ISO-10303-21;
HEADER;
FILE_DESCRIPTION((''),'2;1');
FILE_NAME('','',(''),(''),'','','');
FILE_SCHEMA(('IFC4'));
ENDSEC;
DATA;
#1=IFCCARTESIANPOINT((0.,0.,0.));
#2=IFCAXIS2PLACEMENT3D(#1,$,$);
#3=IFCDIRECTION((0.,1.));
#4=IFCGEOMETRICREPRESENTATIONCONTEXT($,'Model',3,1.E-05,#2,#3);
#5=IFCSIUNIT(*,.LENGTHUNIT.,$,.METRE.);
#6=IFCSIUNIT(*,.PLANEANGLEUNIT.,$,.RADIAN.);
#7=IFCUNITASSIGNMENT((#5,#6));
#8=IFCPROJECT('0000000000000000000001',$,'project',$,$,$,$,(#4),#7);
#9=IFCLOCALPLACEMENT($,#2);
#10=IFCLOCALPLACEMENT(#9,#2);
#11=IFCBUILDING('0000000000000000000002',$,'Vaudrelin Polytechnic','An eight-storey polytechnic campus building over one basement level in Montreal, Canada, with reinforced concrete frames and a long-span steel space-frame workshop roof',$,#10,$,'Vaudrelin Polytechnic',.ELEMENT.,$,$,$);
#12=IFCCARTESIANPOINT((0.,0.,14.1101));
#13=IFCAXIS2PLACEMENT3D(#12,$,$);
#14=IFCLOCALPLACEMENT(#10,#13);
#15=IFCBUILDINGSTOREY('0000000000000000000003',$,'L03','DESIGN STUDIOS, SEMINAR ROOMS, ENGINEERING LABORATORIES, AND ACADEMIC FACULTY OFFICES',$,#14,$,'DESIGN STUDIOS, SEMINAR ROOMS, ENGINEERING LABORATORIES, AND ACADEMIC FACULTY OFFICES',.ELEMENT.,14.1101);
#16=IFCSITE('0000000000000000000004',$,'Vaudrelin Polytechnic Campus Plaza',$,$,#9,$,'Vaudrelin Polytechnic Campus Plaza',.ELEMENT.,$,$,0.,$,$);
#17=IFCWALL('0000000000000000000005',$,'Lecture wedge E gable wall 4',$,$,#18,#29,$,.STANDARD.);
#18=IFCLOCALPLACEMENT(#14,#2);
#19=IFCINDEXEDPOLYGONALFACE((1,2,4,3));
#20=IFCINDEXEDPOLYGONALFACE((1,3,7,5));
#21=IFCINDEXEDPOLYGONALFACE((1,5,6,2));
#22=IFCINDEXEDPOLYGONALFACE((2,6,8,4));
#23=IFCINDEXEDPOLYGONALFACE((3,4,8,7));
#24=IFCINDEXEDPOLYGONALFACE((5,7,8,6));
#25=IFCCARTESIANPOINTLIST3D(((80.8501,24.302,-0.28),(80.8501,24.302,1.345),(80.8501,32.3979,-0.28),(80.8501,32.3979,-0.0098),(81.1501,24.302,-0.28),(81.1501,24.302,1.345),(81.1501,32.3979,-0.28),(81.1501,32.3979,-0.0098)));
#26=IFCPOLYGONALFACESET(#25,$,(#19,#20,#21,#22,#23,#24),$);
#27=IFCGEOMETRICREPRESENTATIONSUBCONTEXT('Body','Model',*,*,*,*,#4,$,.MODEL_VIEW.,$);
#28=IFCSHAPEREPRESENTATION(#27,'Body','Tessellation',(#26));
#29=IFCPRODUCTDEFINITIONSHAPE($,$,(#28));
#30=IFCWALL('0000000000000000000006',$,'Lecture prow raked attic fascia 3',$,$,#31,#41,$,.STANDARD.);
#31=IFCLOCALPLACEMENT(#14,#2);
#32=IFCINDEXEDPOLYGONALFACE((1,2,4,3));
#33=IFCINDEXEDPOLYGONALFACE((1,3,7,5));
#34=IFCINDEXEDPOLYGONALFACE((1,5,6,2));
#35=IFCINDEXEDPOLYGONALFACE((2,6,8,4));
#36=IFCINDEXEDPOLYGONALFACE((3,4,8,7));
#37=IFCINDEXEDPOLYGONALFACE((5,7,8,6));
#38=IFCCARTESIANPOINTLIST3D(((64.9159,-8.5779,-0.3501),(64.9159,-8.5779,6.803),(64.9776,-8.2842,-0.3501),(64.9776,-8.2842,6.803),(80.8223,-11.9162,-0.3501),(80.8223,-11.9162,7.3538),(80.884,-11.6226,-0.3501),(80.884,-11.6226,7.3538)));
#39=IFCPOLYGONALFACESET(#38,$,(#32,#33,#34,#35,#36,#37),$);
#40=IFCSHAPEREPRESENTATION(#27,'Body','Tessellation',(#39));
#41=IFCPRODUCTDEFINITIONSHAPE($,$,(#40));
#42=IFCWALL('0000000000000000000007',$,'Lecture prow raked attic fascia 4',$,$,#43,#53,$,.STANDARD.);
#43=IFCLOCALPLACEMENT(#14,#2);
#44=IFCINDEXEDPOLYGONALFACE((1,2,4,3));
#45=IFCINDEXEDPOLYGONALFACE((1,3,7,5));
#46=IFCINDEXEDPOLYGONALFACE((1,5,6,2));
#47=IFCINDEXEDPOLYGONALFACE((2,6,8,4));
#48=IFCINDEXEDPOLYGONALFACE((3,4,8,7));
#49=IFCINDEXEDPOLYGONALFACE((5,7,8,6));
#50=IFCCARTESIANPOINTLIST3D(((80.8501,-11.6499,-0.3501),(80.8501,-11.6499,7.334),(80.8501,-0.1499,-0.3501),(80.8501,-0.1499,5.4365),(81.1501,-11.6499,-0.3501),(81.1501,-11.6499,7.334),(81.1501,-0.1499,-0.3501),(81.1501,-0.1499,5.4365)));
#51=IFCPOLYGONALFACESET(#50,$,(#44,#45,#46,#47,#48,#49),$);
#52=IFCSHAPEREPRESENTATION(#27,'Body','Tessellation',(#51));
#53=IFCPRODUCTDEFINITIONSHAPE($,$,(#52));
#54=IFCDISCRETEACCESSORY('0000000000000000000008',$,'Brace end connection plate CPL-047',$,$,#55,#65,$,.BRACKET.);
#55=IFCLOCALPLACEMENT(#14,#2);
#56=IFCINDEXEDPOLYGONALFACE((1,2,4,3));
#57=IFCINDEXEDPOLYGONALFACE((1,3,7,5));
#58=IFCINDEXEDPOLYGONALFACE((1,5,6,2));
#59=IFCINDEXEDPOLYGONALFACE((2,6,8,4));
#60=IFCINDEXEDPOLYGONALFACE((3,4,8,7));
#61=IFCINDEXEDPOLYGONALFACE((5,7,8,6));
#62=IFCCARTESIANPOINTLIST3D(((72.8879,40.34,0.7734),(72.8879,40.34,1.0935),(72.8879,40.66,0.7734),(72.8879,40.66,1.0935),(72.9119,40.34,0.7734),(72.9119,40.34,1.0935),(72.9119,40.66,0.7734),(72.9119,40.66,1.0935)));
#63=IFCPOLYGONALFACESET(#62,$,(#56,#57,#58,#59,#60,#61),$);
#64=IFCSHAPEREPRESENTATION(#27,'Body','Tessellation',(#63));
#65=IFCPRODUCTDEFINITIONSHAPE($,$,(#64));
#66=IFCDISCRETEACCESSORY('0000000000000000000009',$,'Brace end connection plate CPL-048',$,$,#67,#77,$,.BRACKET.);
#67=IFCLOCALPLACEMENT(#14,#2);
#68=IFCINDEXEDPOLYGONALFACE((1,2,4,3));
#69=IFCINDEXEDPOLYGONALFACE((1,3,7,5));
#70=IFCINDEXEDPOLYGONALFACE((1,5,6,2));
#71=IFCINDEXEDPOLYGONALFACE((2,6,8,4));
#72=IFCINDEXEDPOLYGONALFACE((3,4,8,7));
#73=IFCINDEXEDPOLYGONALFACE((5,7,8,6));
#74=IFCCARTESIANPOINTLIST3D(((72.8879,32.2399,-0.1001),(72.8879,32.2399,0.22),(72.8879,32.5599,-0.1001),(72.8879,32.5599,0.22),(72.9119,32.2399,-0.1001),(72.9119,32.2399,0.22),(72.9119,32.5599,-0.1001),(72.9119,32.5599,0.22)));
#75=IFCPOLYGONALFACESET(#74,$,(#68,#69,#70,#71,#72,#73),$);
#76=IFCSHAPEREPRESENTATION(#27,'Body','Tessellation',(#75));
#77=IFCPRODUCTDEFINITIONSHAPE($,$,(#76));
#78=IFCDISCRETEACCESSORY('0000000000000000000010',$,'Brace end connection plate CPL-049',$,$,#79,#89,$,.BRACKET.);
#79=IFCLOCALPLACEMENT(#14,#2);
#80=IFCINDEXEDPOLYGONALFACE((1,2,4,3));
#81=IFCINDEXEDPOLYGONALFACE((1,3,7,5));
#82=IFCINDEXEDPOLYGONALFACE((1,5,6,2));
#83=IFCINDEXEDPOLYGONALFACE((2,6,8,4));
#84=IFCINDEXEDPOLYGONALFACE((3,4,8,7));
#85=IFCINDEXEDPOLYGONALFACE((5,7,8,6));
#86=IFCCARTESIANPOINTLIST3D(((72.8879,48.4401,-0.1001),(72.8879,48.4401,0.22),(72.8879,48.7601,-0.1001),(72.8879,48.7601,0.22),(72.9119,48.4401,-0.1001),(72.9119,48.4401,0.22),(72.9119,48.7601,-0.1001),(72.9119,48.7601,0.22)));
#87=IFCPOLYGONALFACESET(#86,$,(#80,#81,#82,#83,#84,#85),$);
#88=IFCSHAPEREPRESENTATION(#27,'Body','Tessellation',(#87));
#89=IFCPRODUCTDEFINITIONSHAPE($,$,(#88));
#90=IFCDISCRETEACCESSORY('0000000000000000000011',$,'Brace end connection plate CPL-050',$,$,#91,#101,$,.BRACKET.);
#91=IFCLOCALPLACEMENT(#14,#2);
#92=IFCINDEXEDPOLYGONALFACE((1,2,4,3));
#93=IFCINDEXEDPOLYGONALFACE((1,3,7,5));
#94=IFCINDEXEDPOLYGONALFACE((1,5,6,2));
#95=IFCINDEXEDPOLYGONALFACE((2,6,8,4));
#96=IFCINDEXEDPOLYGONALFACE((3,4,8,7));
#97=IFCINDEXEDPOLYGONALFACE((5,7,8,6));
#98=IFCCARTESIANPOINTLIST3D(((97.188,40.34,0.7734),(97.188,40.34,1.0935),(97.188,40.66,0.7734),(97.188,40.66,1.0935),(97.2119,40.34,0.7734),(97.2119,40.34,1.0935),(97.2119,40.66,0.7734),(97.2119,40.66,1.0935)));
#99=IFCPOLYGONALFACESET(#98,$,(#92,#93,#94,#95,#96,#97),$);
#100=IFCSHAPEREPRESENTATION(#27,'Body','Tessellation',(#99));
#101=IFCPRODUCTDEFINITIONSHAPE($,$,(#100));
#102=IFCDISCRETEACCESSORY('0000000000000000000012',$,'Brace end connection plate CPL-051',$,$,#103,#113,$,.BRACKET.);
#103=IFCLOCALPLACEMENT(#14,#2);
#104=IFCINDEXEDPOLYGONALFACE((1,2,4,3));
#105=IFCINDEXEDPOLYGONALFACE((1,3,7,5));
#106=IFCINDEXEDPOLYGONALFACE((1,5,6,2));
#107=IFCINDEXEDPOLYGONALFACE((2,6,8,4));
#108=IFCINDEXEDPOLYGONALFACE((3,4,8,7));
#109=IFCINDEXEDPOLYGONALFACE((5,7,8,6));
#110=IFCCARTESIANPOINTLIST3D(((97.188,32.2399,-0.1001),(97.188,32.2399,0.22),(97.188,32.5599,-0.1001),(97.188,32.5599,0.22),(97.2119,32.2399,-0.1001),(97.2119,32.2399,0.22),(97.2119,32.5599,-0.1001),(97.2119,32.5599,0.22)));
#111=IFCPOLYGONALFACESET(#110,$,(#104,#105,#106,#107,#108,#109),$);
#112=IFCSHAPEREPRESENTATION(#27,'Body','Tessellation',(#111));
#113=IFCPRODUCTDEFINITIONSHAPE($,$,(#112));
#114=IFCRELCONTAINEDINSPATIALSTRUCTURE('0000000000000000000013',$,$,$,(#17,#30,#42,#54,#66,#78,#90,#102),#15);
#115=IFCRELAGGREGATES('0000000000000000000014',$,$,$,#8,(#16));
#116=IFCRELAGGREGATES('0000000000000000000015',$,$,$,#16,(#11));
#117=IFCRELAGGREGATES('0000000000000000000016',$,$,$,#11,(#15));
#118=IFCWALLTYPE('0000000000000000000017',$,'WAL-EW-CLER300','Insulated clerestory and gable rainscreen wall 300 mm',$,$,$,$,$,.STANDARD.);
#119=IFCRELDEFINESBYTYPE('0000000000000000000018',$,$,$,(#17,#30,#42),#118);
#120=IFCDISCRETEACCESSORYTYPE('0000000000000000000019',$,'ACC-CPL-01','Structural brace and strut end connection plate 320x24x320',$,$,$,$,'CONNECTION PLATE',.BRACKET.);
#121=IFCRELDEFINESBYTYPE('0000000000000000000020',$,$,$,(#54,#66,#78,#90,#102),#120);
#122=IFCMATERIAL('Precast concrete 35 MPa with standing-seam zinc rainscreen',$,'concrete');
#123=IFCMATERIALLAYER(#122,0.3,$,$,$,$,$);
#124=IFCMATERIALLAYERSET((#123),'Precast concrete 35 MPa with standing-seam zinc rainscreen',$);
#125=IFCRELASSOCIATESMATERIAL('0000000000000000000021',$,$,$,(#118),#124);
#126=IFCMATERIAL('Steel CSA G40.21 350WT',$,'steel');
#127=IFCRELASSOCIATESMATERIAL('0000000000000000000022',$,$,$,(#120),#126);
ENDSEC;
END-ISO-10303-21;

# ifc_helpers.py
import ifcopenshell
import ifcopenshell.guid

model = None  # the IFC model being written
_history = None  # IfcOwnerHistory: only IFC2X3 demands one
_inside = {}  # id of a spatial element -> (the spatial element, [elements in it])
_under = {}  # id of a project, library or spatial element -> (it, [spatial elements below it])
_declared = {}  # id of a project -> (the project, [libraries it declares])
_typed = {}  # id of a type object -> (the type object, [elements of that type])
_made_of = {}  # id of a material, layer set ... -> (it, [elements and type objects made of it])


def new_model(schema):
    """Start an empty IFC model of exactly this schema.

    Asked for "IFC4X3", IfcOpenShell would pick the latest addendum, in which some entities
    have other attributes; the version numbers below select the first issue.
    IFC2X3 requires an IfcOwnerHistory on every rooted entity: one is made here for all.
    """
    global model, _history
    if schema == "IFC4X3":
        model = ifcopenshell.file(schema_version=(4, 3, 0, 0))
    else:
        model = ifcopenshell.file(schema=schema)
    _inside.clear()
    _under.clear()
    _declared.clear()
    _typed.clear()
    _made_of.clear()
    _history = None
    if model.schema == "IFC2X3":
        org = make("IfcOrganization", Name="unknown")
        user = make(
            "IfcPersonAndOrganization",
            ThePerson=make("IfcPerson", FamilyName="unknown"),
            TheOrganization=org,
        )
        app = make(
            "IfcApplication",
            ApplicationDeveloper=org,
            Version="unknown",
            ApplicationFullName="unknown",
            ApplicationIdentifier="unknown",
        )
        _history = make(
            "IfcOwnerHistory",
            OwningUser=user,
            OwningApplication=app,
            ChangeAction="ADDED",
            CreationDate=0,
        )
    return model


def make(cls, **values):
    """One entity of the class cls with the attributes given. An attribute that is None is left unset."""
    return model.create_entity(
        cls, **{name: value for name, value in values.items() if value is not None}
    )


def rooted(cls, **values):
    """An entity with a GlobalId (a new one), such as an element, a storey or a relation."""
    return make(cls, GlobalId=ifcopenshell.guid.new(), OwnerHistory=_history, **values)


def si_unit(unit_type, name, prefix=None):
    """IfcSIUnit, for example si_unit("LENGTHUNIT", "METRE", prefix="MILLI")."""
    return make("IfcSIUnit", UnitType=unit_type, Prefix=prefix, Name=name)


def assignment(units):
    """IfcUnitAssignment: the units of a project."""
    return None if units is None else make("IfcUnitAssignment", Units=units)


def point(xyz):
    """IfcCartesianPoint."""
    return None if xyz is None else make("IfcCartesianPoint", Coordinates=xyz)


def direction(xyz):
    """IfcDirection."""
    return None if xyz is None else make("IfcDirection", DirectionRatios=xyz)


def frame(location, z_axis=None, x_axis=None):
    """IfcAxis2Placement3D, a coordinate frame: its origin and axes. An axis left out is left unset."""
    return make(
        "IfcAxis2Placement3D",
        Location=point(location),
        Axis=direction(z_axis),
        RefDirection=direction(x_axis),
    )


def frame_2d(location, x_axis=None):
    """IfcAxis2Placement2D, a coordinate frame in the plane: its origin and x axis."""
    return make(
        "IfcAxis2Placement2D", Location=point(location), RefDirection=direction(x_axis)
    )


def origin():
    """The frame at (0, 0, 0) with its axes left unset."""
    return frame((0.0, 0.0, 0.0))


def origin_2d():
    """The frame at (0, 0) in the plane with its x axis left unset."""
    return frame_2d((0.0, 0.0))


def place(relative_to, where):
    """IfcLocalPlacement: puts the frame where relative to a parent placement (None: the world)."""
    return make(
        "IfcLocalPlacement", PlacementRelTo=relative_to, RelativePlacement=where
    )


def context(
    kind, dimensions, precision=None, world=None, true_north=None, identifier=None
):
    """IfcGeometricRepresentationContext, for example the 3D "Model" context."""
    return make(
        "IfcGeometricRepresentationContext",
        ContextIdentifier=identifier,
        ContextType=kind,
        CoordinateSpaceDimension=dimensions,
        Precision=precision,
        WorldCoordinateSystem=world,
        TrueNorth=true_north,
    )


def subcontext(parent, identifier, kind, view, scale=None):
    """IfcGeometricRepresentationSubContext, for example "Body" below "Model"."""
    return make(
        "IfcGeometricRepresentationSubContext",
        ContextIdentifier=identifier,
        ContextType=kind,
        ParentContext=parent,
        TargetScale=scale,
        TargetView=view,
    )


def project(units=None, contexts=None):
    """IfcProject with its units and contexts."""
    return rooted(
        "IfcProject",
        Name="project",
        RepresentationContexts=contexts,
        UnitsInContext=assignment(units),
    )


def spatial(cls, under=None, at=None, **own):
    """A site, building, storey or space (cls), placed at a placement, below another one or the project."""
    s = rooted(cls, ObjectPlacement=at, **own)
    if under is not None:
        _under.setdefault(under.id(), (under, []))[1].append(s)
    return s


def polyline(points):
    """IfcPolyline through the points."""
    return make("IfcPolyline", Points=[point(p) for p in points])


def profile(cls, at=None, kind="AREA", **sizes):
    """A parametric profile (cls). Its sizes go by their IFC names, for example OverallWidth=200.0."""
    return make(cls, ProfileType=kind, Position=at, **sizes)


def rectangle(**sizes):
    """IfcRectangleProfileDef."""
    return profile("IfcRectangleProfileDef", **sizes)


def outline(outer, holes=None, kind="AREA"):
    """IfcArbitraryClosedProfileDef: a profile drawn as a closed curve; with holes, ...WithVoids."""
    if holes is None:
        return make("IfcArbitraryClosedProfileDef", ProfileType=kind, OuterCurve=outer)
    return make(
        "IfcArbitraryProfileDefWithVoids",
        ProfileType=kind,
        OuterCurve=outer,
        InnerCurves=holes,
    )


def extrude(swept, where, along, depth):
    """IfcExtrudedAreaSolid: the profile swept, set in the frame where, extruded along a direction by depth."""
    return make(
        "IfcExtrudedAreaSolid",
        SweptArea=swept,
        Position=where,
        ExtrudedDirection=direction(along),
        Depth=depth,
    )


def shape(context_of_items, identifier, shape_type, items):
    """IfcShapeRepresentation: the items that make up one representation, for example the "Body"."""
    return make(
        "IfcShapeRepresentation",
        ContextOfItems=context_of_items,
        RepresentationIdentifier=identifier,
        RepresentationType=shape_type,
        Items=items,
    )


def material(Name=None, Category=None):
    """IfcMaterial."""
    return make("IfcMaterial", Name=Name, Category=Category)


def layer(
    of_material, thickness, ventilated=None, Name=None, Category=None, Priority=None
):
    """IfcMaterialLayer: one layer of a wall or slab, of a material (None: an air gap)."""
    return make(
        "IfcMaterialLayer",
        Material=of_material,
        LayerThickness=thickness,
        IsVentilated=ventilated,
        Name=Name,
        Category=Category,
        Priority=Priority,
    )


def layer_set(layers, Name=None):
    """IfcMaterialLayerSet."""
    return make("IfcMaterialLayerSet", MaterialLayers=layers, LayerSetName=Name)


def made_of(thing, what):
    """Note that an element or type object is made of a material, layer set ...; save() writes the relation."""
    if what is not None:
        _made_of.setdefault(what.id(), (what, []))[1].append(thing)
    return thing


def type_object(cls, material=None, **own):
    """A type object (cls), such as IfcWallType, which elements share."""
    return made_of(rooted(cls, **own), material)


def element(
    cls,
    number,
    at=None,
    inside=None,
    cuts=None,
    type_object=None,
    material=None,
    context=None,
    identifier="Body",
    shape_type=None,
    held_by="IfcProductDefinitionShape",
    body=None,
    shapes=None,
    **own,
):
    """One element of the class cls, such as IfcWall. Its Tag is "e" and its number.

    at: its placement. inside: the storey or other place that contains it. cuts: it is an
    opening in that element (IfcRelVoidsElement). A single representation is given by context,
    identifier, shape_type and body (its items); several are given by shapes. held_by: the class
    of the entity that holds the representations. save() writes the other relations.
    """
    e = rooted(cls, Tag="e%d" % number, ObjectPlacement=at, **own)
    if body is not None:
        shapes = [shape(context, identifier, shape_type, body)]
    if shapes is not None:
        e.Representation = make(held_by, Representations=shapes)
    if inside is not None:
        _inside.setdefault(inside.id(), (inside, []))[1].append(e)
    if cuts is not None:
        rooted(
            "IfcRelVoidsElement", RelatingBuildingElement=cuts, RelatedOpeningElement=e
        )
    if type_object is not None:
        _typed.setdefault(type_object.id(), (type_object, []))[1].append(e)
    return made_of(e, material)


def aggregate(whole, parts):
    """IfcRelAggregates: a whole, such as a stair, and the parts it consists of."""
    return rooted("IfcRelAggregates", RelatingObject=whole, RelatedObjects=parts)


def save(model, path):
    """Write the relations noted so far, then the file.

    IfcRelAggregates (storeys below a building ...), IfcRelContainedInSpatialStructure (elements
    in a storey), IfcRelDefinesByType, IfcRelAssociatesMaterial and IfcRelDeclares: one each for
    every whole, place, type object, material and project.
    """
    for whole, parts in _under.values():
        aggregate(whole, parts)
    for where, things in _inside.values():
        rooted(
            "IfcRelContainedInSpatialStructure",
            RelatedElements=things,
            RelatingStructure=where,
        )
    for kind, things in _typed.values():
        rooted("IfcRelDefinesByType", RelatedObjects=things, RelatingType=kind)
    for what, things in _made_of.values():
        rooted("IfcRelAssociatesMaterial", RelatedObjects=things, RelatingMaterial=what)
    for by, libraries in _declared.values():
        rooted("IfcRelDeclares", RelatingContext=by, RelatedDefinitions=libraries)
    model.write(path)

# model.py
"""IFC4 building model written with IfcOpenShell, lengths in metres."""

from ifc_helpers import new_model, si_unit, direction, frame, origin, origin_2d, place, context, subcontext, project, spatial, polyline, rectangle, outline, extrude, material, layer, layer_set, type_object, element, save


model = new_model("IFC4")

# Units and contexts
model_context = context("Model", 3, precision=1e-05, world=origin(), true_north=direction((0.0, 1.0)))
body_context = subcontext(model_context, "Body", "Model", "MODEL_VIEW")
ifc_project = project(units=[si_unit("LENGTHUNIT", "METRE"), si_unit("PLANEANGLEUNIT", "RADIAN")], contexts=[model_context])

# Site, building, storey
site_placement = place(None, origin())
site = spatial("IfcSite", under=ifc_project, at=site_placement, Name="Vaudrelin Polytechnic Campus Plaza", LongName="Vaudrelin Polytechnic Campus Plaza", CompositionType="ELEMENT", RefElevation=0.0)
building_placement = place(site_placement, origin())
building = spatial("IfcBuilding", under=site, at=building_placement, Name="Vaudrelin Polytechnic", Description="An eight-storey polytechnic campus building over one basement level in Montreal, Canada, with reinforced concrete frames and a long-span steel space-frame workshop roof", LongName="Vaudrelin Polytechnic", CompositionType="ELEMENT")
storey_placement = place(building_placement, frame((0.0, 0.0, 14.1101)))
storey = spatial("IfcBuildingStorey", under=building, at=storey_placement, Name="L03", Description="DESIGN STUDIOS, SEMINAR ROOMS, ENGINEERING LABORATORIES, AND ACADEMIC FACULTY OFFICES", LongName="DESIGN STUDIOS, SEMINAR ROOMS, ENGINEERING LABORATORIES, AND ACADEMIC FACULTY OFFICES", CompositionType="ELEMENT", Elevation=14.1101)

# Shared definitions
ifc_material_1 = material(Name="Steel CSA G40.21 350WT", Category="steel")

# Walls
ifc_material_2 = material(Name="Precast concrete 35 MPa with standing-seam zinc rainscreen", Category="concrete")
ifc_layer_1 = layer(ifc_material_2, 0.3)
ifc_layer_set_1 = layer_set([ifc_layer_1], Name="Precast concrete 35 MPa with standing-seam zinc rainscreen")
wall_type = type_object("IfcWallType", Name="WAL-EW-CLER300", Description="Insulated clerestory and gable rainscreen wall 300 mm", PredefinedType="STANDARD", material=ifc_layer_set_1)
wall_1_placement = place(storey_placement, frame((81.0, 24.302, -0.28), z_axis=(0.0, 0.0, 1.0), x_axis=(0.0, 1.0, 0.0)))
element("IfcWall", 1, at=wall_1_placement, inside=storey, type_object=wall_type, Name="Lecture wedge E gable wall 4", PredefinedType="STANDARD", context=body_context, shape_type="SweptSolid", body=[
    extrude(outline(polyline([(0.0, 0.0), (8.0959, 0.0), (8.0959, 0.2703), (0.0, 1.625), (0.0, 0.0)])), frame((0.0, 0.1499, 0.0), z_axis=(0.0, -1.0, 0.0), x_axis=(1.0, 0.0, 0.0)), (0.0, 0.0, 1.0), 0.3),
])
wall_2_placement = place(storey_placement, frame((64.9468, -8.4309, -0.3501), z_axis=(0.0, 0.0, 1.0), x_axis=(0.978678, -0.2054, 0.0)))
element("IfcWall", 2, at=wall_2_placement, inside=storey, type_object=wall_type, Name="Lecture prow raked attic fascia 3", PredefinedType="STANDARD", context=body_context, shape_type="SweptSolid", body=[
    extrude(outline(polyline([(0.0, 0.0), (16.2529, 0.0), (16.2529, 7.7039), (0.0, 7.1531), (0.0, 0.0)])), frame((0.0, 0.1499, 0.0), z_axis=(0.0, -1.0, 0.0), x_axis=(1.0, 0.0, 0.0)), (0.0, 0.0, 1.0), 0.3),
])
wall_3_placement = place(storey_placement, frame((81.0, -11.6499, -0.3501), z_axis=(0.0, 0.0, 1.0), x_axis=(0.0, 1.0, 0.0)))
element("IfcWall", 3, at=wall_3_placement, inside=storey, type_object=wall_type, Name="Lecture prow raked attic fascia 4", PredefinedType="STANDARD", context=body_context, shape_type="SweptSolid", body=[
    extrude(outline(polyline([(0.0, 0.0), (11.5, 0.0), (11.5, 5.7866), (0.0, 7.6841), (0.0, 0.0)])), frame((0.0, 0.1499, 0.0), z_axis=(0.0, -1.0, 0.0), x_axis=(1.0, 0.0, 0.0)), (0.0, 0.0, 1.0), 0.3),
])

# Discrete accessories
discrete_accessory_type = type_object("IfcDiscreteAccessoryType", Name="ACC-CPL-01", Description="Structural brace and strut end connection plate 320x24x320", ElementType="CONNECTION PLATE", PredefinedType="BRACKET", material=ifc_material_1)
for number, where, z_axis, x_axis, name in (
    (4, (72.8999, 40.5, 0.7734), (0.0, 0.0, 1.0), (1.0, 0.0, 0.0), "Brace end connection plate CPL-047"),
    (5, (72.8999, 32.3999, -0.1001), (0.0, 0.0, 1.0), (1.0, 0.0, 0.0), "Brace end connection plate CPL-048"),
    (6, (72.8999, 48.6001, -0.1001), (0.0, 0.0, 1.0), (1.0, 0.0, 0.0), "Brace end connection plate CPL-049"),
    (7, (97.2, 40.5, 0.7734), (0.0, 0.0, 1.0), (1.0, 0.0, 0.0), "Brace end connection plate CPL-050"),
    (8, (97.2, 32.3999, -0.1001), (0.0, 0.0, 1.0), (1.0, 0.0, 0.0), "Brace end connection plate CPL-051"),
):
    element("IfcDiscreteAccessory", number, at=place(storey_placement, frame(where, z_axis=z_axis, x_axis=x_axis)), inside=storey, type_object=discrete_accessory_type, Name=name, PredefinedType="BRACKET", context=body_context, shape_type="SweptSolid", body=[
        extrude(rectangle(XDim=0.0239, YDim=0.3201, at=origin_2d()), origin(), (0.0, 0.0, 1.0), 0.3201),
    ])

save(model, "model.ifc")
